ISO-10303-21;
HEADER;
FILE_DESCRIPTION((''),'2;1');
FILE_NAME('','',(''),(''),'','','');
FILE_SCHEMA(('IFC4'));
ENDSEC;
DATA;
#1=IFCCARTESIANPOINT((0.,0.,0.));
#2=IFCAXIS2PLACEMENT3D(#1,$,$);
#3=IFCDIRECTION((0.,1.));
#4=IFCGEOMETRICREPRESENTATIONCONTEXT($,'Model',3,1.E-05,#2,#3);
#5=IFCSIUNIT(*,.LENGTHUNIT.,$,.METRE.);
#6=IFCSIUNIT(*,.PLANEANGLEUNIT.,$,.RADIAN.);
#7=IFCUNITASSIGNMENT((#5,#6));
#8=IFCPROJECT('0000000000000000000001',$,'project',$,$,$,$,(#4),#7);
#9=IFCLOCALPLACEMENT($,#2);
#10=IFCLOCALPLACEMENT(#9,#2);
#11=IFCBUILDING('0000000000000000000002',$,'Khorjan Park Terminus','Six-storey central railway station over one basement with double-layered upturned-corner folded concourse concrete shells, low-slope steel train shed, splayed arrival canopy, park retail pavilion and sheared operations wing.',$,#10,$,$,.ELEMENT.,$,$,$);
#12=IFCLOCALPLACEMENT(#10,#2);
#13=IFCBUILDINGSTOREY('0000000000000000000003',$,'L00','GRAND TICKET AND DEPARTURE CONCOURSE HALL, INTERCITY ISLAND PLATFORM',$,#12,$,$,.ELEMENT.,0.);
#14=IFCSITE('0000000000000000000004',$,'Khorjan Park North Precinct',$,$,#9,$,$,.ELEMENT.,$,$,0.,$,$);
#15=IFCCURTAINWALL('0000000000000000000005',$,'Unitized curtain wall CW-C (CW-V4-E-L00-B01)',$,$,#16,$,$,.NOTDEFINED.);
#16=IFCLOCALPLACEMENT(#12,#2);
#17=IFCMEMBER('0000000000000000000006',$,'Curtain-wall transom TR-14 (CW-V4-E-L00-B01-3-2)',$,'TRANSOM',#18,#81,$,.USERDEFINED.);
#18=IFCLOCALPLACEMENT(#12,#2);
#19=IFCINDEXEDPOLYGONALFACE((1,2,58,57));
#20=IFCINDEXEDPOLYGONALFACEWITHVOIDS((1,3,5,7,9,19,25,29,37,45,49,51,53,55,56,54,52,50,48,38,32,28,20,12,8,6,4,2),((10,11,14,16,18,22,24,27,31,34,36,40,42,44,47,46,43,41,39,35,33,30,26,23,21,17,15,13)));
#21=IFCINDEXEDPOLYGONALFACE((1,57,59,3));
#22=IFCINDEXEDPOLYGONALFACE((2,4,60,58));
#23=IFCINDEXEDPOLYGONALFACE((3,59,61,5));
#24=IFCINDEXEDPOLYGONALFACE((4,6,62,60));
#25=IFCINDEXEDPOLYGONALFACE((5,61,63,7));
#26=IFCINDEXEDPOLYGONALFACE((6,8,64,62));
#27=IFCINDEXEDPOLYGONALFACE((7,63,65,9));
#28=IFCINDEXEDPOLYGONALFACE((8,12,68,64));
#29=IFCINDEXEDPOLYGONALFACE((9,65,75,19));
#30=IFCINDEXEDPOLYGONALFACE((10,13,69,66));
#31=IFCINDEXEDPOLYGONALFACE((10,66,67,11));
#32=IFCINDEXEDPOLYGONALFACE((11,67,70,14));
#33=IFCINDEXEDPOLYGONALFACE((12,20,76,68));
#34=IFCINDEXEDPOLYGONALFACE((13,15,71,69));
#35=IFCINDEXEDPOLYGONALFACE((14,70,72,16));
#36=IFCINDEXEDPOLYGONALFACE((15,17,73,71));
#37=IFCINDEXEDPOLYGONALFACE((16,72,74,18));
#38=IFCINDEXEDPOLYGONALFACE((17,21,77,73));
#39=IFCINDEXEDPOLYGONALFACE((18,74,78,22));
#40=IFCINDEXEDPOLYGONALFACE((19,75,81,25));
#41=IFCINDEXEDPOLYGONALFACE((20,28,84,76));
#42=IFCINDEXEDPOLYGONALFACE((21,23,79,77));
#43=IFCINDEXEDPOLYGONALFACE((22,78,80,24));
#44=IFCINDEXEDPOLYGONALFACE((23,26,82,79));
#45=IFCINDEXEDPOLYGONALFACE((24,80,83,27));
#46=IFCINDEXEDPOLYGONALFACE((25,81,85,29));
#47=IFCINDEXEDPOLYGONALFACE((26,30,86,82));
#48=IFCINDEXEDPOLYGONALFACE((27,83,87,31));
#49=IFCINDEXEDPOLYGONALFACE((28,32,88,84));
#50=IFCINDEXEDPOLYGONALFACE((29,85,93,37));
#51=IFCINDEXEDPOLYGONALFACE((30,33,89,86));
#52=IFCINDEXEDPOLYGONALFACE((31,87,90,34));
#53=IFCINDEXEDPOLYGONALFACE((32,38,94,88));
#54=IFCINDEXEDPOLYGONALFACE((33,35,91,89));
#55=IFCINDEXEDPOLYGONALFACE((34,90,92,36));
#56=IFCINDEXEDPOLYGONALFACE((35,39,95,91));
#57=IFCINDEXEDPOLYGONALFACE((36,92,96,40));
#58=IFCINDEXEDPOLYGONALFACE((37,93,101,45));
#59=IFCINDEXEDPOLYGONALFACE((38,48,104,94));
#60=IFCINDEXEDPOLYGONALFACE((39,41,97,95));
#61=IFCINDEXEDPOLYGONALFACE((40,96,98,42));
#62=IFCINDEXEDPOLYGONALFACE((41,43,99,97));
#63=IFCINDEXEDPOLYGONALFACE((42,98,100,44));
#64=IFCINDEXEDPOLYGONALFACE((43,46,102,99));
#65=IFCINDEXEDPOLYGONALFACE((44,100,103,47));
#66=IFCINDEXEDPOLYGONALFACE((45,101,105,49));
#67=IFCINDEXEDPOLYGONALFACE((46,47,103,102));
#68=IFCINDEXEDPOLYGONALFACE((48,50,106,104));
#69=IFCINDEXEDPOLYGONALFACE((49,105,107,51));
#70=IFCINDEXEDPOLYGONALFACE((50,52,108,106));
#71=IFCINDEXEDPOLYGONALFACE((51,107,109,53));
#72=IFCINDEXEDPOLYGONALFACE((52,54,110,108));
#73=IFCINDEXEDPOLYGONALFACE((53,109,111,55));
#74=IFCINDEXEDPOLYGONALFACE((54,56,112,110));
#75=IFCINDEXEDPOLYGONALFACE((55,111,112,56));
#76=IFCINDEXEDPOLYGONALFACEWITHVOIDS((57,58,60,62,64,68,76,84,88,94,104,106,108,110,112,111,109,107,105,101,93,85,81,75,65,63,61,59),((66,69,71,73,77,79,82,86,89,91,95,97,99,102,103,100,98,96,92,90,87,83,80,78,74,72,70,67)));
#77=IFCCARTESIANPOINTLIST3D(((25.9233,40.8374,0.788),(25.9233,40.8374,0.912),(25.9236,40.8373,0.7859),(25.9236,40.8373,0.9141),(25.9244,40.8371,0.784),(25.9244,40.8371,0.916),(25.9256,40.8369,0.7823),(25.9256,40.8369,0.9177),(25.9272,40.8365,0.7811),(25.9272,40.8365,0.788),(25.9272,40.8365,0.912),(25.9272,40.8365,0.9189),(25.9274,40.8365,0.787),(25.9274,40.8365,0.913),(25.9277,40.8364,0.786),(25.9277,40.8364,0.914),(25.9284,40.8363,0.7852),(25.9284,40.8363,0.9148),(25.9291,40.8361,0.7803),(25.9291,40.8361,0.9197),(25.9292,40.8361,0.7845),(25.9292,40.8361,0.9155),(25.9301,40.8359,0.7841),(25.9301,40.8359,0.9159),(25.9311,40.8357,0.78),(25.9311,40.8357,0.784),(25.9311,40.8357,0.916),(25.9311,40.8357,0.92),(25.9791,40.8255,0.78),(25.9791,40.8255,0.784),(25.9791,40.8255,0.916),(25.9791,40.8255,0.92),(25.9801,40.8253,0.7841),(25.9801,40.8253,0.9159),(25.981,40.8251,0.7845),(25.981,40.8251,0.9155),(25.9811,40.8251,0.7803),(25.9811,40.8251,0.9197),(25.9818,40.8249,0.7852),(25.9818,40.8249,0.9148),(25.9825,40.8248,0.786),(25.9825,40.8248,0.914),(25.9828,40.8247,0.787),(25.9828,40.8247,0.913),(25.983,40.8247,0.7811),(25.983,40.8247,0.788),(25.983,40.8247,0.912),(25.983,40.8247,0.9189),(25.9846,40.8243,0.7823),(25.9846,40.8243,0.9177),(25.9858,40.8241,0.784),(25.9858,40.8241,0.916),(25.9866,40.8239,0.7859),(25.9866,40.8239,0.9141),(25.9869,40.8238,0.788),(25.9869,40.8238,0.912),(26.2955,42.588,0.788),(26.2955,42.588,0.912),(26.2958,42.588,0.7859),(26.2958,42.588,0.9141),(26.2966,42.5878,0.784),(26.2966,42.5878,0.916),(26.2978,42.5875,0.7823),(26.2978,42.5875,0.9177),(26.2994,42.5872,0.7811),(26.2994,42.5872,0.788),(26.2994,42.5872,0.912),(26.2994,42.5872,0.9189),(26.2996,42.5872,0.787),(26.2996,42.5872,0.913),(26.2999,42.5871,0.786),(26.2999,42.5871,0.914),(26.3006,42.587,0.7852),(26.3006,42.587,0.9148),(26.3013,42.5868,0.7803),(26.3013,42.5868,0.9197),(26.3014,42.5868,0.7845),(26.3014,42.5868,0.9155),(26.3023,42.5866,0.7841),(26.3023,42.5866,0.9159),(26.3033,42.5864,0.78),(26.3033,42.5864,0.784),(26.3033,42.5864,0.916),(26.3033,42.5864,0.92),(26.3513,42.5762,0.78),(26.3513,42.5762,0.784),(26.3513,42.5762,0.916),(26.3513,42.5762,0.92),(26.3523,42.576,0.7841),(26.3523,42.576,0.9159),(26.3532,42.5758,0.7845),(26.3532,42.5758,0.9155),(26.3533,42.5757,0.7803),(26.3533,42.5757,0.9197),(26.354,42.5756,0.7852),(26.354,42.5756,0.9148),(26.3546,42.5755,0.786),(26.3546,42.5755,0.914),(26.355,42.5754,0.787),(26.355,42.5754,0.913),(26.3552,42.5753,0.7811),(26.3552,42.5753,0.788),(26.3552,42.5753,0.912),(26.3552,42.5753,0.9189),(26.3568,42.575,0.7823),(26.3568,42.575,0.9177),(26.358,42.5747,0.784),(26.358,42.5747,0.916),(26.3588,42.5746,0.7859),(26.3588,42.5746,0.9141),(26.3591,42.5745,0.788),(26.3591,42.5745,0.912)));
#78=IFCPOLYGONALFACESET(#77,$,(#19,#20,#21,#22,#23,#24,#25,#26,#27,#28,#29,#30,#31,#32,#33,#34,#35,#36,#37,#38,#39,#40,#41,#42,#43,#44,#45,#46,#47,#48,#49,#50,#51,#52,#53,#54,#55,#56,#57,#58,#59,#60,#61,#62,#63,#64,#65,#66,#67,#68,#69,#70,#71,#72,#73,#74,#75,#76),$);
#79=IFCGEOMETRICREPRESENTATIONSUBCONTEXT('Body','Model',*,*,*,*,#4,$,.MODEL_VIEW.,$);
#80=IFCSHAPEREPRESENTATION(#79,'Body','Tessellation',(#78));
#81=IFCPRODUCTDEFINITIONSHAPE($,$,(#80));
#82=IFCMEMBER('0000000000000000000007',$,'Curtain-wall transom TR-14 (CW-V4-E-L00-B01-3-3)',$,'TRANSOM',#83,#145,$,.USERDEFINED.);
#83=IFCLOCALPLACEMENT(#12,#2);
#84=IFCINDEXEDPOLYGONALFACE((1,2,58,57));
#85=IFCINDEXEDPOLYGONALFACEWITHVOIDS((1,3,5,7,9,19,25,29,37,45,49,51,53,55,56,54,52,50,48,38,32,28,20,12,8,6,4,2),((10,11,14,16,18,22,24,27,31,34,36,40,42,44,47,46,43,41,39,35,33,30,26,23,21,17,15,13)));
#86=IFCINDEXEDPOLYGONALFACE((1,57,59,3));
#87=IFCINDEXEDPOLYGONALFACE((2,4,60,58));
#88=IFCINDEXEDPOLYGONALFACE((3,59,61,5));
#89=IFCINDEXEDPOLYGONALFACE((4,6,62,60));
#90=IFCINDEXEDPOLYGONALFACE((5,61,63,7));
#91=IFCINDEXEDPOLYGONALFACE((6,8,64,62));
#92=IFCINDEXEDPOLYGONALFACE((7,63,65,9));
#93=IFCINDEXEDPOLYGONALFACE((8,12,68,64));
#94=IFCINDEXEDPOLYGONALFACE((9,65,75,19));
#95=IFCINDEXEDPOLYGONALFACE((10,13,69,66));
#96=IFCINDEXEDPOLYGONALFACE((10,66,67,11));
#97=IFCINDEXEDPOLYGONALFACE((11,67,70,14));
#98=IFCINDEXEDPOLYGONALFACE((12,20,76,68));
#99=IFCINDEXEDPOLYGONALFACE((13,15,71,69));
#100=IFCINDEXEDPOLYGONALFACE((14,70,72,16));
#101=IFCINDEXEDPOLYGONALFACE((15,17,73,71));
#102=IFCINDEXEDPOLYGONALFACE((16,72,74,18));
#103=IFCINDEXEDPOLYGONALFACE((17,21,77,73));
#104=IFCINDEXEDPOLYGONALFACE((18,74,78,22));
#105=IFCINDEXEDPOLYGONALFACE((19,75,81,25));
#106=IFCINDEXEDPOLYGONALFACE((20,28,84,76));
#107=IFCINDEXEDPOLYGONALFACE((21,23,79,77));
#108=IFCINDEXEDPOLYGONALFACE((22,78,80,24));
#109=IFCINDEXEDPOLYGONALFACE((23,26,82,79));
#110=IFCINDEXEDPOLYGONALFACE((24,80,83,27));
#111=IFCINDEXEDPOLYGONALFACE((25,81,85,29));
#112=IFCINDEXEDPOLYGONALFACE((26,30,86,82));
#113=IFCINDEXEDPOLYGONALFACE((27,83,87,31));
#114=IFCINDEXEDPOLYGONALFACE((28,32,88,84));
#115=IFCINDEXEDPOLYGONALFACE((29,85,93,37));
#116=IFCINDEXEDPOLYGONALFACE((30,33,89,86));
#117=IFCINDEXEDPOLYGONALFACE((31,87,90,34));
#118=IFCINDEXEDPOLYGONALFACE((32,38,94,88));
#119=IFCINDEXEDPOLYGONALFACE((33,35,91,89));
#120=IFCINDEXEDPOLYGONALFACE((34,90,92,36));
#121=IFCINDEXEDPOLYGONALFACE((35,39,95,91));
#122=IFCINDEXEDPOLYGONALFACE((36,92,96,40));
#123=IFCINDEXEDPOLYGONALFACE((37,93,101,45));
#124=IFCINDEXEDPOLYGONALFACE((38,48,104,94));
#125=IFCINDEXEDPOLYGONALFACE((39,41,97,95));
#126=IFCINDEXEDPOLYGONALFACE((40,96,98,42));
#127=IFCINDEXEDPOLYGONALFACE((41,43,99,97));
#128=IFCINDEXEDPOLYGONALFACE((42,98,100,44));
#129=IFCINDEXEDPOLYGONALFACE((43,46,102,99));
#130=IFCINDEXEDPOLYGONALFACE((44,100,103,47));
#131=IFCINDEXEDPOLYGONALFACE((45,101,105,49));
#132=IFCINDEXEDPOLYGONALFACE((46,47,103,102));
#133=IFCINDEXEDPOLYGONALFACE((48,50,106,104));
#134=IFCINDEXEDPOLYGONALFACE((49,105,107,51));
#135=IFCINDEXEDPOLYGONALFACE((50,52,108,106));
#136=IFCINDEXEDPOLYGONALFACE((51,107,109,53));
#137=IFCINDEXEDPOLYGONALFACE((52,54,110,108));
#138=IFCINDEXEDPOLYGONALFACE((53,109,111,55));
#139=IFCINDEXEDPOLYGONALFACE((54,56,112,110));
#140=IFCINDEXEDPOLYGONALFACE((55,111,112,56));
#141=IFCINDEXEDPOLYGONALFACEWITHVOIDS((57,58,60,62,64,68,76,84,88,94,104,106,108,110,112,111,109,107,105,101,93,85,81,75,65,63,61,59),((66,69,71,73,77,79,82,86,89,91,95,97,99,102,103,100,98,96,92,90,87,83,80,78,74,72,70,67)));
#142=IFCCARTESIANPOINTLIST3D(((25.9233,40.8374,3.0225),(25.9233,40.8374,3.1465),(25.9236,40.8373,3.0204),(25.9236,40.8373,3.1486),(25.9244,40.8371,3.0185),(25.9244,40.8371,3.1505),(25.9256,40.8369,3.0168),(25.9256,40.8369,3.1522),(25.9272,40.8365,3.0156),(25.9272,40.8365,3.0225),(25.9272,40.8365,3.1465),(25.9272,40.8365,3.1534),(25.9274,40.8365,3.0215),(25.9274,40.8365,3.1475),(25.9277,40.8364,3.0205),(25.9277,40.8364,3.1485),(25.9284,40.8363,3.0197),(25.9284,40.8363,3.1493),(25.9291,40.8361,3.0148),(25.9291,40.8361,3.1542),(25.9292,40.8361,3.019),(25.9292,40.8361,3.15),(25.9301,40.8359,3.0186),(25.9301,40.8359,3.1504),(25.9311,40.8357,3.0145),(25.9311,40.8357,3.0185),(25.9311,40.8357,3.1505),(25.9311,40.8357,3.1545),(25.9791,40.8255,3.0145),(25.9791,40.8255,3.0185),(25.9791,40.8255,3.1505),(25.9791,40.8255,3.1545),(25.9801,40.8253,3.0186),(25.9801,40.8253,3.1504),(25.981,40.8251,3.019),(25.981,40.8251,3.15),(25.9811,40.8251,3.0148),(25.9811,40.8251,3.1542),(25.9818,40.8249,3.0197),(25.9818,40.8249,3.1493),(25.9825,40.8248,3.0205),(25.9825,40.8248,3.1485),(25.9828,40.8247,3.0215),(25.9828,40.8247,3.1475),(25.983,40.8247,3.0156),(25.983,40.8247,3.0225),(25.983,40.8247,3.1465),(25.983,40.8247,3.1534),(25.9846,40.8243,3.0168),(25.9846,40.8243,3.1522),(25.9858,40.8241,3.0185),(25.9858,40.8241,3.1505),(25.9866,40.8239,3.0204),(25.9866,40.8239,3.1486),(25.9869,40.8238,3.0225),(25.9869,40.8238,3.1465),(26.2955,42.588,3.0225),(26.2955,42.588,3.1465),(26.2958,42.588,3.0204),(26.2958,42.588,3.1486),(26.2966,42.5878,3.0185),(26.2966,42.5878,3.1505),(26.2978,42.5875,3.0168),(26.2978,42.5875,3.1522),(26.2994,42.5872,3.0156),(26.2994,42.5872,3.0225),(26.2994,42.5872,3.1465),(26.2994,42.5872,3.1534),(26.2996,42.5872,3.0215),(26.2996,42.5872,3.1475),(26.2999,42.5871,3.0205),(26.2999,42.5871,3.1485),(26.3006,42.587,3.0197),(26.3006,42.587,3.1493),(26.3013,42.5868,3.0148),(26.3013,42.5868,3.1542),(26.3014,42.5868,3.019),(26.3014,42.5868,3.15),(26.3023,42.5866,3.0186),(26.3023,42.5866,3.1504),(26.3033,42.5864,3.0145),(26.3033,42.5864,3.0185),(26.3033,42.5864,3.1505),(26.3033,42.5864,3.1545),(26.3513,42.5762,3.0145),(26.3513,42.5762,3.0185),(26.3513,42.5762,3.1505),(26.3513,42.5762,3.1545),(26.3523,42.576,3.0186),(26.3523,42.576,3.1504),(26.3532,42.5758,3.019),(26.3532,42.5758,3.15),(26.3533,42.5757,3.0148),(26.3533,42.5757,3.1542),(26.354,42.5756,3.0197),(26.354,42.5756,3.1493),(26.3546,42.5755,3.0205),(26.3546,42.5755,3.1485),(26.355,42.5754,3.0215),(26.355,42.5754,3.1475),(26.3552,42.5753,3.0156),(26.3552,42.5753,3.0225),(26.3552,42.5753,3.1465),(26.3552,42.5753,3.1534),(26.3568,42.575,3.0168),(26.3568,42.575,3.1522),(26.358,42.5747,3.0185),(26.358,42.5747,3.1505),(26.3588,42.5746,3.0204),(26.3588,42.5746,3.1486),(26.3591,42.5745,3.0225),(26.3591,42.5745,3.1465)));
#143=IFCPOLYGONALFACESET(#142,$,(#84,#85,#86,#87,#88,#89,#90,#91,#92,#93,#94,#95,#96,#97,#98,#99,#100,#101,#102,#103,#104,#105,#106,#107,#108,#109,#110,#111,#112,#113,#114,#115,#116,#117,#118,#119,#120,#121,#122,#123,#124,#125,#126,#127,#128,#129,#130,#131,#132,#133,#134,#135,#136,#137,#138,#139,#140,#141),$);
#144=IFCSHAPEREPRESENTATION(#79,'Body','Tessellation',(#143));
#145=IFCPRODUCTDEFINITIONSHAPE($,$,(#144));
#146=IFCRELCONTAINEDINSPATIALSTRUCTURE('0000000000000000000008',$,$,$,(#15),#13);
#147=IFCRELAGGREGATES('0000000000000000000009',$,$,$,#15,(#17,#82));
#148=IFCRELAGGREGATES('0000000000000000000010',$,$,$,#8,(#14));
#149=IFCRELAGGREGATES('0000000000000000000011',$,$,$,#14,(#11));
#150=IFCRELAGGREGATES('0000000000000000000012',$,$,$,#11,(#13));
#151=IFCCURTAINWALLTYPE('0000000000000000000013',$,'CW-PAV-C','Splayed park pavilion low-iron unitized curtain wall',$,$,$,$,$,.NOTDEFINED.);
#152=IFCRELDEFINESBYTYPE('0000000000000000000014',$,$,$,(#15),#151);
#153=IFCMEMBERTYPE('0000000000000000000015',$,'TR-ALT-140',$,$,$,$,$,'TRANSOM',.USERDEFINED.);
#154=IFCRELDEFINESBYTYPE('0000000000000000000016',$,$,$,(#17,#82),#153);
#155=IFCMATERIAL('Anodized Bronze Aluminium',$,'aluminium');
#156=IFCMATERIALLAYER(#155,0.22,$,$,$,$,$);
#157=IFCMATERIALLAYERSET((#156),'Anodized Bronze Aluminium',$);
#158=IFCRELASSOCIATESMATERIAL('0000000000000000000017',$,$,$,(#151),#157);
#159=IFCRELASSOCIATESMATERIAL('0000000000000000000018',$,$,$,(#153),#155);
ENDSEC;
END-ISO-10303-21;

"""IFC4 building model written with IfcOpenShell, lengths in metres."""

from ifc_helpers import new_model, si_unit, direction, frame, origin, origin_2d, place, context, subcontext, project, spatial, hollow_rectangle, extrude, material, layer, layer_set, material_profile, profile_set, type_object, element, aggregate, save


model = new_model("IFC4")

# Units and contexts
model_context = context("Model", 3, precision=1e-05, world=origin(), true_north=direction((0.0, 1.0)))
body_context = subcontext(model_context, "Body", "Model", "MODEL_VIEW")
ifc_project = project(units=[si_unit("LENGTHUNIT", "METRE"), si_unit("PLANEANGLEUNIT", "RADIAN")], contexts=[model_context])

# Site, building, storey
site_placement = place(None, origin())
site = spatial("IfcSite", under=ifc_project, at=site_placement, Name="Khorjan Park North Precinct", CompositionType="ELEMENT", RefElevation=0.0)
building_placement = place(site_placement, origin())
building = spatial("IfcBuilding", under=site, at=building_placement, Name="Khorjan Park Terminus", Description="Six-storey central railway station over one basement with double-layered upturned-corner folded concourse concrete shells, low-slope steel train shed, splayed arrival canopy, park retail pavilion and sheared operations wing.", CompositionType="ELEMENT")
storey_placement = place(building_placement, origin())
storey = spatial("IfcBuildingStorey", under=building, at=storey_placement, Name="L00", Description="GRAND TICKET AND DEPARTURE CONCOURSE HALL, INTERCITY ISLAND PLATFORM", CompositionType="ELEMENT", Elevation=0.0)

# Curtain wall, members
ifc_material_1 = material(Name="Anodized Bronze Aluminium", Category="aluminium")
ifc_layer_1 = layer(ifc_material_1, 0.22)
ifc_layer_set_1 = layer_set([ifc_layer_1], Name="Anodized Bronze Aluminium")
curtain_wall_type = type_object("IfcCurtainWallType", Name="CW-PAV-C", Description="Splayed park pavilion low-iron unitized curtain wall", PredefinedType="NOTDEFINED", material=ifc_layer_set_1)
curtain_wall_placement = place(storey_placement, origin())
curtain_wall = element("IfcCurtainWall", 1, at=curtain_wall_placement, inside=storey, type_object=curtain_wall_type, Name="Unitized curtain wall CW-C (CW-V4-E-L00-B01)", PredefinedType="NOTDEFINED")
ifc_material_profile_1 = material_profile(ifc_material_1, hollow_rectangle(XDim=0.065, YDim=0.14, WallThickness=0.004, InnerFilletRadius=0.004, OuterFilletRadius=0.008, at=origin_2d()), Name="ALT 65x140x4")
ifc_profile_set_1 = profile_set([ifc_material_profile_1], Name="Anodized Bronze Aluminium")
member_type_1 = type_object("IfcMemberType", Name="TR-ALT-140", ElementType="TRANSOM", PredefinedType="USERDEFINED", material=ifc_profile_set_1)
member_1_placement = place(storey_placement, frame((25.9551, 40.8306, 0.85), z_axis=(0.207953, 0.978139, 0.0), x_axis=(-0.978139, 0.207953, 0.0)))
member_1 = element("IfcMember", 2, at=member_1_placement, type_object=member_type_1, Name="Curtain-wall transom TR-14 (CW-V4-E-L00-B01-3-2)", ObjectType="TRANSOM", PredefinedType="USERDEFINED", context=body_context, shape_type="SweptSolid", body=[
    extrude(hollow_rectangle(XDim=0.065, YDim=0.14, WallThickness=0.004, InnerFilletRadius=0.004, OuterFilletRadius=0.008, at=origin_2d()), origin(), (0.0, 0.0, 1.0), 1.7898),
])
member_2_placement = place(storey_placement, frame((25.9551, 40.8306, 3.0845), z_axis=(0.207953, 0.978139, 0.0), x_axis=(-0.978139, 0.207953, 0.0)))
member_2 = element("IfcMember", 3, at=member_2_placement, type_object=member_type_1, Name="Curtain-wall transom TR-14 (CW-V4-E-L00-B01-3-3)", ObjectType="TRANSOM", PredefinedType="USERDEFINED", context=body_context, shape_type="SweptSolid", body=[
    extrude(hollow_rectangle(XDim=0.065, YDim=0.14, WallThickness=0.004, InnerFilletRadius=0.004, OuterFilletRadius=0.008, at=origin_2d()), origin(), (0.0, 0.0, 1.0), 1.7898),
])
aggregate(curtain_wall, [member_1, member_2])

save(model, "model.ifc")
